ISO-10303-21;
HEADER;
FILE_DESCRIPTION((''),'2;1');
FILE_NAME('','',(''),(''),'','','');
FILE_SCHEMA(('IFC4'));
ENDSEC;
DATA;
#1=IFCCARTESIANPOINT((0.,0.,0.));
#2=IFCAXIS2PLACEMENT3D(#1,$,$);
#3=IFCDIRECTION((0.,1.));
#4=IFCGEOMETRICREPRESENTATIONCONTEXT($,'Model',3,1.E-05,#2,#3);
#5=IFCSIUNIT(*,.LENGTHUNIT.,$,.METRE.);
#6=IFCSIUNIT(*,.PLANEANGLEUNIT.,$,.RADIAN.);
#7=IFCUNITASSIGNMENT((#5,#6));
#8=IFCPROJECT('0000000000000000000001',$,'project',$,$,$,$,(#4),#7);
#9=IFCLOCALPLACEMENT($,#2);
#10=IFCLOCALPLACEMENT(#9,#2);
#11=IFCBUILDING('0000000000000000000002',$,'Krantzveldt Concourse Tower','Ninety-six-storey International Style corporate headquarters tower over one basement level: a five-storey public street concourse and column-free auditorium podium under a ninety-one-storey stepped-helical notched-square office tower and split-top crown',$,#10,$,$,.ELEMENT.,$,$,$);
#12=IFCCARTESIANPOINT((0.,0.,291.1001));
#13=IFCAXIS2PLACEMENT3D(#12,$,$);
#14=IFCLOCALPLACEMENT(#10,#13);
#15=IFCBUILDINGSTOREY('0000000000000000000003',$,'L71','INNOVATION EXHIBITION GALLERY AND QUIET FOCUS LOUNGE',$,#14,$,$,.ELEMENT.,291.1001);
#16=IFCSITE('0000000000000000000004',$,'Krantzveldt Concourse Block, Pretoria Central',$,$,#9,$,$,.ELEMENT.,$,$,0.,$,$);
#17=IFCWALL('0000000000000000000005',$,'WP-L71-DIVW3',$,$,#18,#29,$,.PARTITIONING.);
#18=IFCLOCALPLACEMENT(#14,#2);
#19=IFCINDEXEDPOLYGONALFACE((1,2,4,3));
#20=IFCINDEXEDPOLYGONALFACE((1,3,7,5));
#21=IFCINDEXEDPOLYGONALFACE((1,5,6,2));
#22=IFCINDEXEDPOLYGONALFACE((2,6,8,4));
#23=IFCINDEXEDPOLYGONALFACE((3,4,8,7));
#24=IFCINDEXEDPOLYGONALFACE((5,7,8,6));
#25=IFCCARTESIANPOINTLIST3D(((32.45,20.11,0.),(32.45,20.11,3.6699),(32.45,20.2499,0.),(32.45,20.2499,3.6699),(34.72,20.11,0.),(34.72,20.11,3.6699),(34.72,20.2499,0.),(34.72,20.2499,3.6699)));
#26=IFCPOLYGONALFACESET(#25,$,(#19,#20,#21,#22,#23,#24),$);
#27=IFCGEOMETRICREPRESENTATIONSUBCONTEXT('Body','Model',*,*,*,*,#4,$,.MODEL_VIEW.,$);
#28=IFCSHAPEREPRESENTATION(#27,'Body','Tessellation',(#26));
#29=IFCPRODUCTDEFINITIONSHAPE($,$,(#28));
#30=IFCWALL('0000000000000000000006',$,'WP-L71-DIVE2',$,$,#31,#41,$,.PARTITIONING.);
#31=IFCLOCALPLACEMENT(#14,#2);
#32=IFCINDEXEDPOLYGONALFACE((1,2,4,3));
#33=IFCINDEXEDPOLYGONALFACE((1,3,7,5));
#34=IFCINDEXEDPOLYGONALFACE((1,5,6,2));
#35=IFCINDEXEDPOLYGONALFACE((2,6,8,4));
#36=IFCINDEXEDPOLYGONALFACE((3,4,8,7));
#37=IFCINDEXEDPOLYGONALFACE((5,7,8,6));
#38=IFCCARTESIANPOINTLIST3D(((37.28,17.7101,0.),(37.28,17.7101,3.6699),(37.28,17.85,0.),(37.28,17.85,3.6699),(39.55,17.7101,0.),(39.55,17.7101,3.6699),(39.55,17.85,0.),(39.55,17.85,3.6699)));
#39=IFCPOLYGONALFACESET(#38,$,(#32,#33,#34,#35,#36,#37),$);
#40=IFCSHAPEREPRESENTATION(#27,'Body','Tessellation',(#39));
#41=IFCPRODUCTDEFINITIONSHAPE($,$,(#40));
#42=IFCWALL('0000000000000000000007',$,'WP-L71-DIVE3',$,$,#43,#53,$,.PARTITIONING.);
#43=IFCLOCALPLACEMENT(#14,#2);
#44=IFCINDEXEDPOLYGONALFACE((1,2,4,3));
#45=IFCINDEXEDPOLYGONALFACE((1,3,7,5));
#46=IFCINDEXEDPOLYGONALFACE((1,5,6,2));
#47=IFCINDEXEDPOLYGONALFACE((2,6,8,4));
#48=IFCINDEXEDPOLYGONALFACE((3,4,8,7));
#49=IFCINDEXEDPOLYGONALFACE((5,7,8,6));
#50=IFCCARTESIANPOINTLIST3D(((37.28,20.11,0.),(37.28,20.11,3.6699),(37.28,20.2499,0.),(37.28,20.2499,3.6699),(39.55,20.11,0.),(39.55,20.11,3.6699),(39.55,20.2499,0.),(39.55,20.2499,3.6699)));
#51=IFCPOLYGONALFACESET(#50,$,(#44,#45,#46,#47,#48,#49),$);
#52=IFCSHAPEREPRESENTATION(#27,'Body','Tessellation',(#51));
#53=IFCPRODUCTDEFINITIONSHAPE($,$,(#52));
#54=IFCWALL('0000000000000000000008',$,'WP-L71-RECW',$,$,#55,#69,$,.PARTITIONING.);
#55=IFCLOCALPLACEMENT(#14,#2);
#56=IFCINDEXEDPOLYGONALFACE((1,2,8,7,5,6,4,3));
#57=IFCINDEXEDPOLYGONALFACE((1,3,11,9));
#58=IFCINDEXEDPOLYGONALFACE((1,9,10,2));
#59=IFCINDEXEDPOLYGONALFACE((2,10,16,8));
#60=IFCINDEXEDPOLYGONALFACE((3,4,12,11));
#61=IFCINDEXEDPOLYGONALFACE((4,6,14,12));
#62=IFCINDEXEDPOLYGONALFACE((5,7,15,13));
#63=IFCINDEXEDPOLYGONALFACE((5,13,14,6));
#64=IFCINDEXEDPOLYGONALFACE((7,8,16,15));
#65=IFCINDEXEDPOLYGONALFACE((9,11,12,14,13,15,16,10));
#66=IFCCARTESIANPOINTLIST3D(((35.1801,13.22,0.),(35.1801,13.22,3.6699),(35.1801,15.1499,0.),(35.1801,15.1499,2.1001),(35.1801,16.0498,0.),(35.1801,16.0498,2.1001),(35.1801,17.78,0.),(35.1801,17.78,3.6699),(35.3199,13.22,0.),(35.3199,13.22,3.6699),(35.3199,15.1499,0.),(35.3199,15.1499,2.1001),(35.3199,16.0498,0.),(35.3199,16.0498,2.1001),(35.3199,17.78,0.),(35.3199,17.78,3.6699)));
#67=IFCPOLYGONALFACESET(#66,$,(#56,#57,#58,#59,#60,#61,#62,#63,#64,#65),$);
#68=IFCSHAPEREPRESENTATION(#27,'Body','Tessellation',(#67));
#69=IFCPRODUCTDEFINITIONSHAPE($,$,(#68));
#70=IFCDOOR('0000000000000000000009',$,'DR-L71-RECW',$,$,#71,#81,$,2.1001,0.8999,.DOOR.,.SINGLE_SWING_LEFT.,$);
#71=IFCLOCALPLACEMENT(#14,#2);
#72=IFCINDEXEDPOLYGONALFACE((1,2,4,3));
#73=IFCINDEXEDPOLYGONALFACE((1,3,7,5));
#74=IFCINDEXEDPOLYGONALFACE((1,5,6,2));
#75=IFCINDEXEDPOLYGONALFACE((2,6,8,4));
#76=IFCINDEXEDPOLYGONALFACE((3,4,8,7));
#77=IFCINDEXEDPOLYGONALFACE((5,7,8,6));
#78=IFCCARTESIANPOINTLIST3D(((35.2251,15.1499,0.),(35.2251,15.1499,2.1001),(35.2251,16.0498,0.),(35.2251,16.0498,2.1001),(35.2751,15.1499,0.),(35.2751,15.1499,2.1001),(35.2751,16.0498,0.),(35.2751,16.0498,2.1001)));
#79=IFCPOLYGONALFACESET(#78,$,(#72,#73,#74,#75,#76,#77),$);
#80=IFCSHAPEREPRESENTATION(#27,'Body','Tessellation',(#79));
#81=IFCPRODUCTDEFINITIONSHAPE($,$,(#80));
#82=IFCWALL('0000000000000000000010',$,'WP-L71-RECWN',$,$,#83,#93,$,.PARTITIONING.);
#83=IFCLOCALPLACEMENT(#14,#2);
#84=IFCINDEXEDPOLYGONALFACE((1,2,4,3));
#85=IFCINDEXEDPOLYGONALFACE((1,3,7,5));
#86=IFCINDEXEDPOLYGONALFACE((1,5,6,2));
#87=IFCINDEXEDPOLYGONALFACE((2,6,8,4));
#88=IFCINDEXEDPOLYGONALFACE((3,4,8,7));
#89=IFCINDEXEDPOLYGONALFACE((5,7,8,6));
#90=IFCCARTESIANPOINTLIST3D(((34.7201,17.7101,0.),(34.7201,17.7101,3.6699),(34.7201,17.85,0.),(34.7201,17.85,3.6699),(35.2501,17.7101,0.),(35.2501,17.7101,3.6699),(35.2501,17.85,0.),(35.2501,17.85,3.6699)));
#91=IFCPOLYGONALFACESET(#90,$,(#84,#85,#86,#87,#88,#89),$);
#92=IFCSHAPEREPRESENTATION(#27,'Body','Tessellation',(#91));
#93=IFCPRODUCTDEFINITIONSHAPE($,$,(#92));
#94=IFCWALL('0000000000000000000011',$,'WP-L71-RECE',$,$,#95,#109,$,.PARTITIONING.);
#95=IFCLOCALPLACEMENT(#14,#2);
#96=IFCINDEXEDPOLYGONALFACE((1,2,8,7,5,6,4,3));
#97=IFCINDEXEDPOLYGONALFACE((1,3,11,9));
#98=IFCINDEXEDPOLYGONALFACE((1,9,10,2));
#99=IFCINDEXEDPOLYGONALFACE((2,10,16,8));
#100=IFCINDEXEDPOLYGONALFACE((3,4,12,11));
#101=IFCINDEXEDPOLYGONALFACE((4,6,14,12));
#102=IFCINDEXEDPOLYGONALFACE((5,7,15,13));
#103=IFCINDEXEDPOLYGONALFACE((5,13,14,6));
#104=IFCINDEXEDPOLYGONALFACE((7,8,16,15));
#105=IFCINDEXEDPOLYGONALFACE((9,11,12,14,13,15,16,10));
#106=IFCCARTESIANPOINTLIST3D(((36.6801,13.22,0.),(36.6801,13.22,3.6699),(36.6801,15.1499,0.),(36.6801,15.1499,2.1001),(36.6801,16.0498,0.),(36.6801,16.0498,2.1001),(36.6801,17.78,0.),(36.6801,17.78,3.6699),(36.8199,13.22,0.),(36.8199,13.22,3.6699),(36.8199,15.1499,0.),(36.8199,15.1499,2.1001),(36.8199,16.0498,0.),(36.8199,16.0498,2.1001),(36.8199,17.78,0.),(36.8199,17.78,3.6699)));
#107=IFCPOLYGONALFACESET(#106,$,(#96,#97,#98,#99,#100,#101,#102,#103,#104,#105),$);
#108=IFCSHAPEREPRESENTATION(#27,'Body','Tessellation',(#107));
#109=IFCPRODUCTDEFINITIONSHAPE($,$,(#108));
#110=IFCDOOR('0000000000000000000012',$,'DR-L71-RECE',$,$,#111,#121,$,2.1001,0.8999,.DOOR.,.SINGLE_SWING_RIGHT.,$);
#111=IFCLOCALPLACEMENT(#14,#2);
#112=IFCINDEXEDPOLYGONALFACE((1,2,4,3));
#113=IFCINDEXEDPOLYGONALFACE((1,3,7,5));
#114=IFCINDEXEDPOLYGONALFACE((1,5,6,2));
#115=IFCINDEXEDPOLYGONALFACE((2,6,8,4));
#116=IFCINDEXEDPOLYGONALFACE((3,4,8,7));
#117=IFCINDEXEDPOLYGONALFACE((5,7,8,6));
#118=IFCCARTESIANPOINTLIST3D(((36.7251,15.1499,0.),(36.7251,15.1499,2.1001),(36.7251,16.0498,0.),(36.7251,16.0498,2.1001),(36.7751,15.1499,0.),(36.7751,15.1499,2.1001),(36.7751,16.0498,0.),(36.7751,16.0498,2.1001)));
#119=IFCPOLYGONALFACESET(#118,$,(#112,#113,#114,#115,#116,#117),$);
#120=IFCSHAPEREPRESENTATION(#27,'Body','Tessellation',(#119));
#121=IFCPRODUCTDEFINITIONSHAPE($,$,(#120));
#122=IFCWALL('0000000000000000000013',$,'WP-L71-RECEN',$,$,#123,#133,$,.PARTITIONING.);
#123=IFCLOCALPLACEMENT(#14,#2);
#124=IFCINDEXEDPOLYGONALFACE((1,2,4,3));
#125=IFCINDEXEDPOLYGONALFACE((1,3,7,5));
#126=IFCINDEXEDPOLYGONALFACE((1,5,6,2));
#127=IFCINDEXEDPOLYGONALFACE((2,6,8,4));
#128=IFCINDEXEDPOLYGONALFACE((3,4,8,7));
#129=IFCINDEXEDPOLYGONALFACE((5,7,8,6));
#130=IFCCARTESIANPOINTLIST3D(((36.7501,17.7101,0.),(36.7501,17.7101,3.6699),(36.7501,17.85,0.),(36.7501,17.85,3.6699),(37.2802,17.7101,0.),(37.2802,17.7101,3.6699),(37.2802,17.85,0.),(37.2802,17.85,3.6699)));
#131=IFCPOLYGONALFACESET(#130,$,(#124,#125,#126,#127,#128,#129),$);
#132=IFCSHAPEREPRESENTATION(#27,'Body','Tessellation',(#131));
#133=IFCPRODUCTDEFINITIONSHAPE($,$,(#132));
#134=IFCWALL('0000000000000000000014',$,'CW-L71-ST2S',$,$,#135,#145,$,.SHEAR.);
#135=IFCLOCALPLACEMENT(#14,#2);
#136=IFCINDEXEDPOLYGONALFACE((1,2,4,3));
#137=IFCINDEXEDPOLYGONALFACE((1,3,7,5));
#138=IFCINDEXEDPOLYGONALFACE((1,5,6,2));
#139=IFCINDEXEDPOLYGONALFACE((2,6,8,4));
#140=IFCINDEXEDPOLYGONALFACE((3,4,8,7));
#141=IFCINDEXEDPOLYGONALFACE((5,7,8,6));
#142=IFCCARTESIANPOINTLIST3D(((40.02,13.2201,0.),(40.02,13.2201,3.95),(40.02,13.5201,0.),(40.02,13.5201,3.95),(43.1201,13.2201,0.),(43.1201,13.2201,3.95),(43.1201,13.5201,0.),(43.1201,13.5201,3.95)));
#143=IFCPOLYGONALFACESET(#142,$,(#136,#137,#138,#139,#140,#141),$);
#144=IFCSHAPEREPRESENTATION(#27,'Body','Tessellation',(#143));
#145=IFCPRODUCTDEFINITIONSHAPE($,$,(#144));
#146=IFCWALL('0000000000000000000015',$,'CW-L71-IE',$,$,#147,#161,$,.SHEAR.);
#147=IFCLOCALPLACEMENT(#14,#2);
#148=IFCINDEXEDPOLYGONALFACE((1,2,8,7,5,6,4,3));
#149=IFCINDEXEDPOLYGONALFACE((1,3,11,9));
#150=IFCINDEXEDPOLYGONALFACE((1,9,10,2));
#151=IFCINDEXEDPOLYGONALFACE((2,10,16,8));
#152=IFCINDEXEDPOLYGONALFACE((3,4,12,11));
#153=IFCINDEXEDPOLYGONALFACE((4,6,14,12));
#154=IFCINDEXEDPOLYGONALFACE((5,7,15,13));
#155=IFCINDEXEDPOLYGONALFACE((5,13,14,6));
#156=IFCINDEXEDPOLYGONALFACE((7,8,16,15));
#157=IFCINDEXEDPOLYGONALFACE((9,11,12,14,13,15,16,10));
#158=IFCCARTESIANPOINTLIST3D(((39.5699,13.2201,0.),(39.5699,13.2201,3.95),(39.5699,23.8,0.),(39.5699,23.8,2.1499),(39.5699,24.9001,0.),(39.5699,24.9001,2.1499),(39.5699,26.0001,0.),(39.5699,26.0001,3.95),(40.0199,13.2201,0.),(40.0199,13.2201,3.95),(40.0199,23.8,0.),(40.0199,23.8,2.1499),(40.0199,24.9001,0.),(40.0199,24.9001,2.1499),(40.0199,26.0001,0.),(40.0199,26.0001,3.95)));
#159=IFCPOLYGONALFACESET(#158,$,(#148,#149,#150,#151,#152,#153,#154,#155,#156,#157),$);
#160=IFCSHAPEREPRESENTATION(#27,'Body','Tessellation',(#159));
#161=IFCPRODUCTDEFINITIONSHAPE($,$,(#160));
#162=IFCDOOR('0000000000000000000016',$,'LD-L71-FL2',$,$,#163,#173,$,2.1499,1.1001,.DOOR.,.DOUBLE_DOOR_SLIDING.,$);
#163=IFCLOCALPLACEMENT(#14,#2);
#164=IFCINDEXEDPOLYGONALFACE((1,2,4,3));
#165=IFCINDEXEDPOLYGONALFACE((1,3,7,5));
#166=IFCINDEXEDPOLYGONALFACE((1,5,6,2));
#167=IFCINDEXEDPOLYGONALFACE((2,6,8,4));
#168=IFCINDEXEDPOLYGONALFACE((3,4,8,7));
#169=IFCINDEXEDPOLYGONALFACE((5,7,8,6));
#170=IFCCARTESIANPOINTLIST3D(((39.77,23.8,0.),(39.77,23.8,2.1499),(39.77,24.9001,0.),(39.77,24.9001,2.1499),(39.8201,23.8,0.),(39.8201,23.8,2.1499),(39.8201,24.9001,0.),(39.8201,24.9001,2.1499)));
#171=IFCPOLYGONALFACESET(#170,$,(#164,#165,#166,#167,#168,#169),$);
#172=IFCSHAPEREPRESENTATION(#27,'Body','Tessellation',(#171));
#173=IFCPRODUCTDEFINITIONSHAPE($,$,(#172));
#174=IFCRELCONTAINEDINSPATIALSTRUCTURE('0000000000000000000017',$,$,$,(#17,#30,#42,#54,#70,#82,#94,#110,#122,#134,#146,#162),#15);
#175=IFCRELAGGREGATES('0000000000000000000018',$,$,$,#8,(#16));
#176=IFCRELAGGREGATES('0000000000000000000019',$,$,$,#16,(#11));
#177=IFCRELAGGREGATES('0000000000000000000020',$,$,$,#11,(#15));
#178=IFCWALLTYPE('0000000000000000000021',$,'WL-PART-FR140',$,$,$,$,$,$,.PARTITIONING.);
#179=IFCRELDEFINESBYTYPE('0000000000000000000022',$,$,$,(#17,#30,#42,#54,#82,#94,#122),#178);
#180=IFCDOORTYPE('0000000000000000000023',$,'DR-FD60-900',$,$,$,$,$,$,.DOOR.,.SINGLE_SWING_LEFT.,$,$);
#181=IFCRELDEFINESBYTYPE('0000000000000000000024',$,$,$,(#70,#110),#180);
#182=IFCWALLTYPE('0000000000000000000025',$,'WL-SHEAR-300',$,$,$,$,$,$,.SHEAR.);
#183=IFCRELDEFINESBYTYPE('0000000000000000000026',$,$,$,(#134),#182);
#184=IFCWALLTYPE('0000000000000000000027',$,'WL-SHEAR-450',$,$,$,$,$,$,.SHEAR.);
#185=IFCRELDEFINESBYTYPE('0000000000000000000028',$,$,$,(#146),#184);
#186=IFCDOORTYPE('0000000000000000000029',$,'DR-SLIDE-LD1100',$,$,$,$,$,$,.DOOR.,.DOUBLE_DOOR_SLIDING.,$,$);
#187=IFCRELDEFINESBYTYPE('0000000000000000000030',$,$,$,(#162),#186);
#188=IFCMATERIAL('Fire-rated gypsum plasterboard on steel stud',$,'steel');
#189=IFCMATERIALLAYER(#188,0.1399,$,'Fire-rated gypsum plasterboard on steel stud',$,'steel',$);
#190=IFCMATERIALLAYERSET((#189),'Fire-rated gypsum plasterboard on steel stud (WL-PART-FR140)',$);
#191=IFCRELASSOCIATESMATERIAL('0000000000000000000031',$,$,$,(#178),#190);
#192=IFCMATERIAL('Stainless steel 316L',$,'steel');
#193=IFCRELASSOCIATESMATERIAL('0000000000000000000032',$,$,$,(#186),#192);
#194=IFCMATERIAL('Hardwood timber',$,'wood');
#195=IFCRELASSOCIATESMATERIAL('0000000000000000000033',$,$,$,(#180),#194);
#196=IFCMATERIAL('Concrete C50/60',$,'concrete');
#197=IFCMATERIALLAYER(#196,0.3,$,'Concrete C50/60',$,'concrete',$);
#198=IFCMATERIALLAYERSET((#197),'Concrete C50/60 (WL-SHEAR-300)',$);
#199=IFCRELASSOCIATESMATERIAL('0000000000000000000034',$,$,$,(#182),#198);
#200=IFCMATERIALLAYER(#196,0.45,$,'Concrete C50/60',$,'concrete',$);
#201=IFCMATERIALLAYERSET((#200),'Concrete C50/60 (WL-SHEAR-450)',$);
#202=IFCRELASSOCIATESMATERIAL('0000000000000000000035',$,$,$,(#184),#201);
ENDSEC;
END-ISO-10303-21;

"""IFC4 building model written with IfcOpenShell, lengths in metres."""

from ifc_helpers import new_model, si_unit, direction, frame, frame_2d, origin, place, context, subcontext, project, spatial, rectangle, extrude, material, layer, layer_set, type_object, element, fill, save


model = new_model("IFC4")

# Units and contexts
model_context = context("Model", 3, precision=1e-05, world=origin(), true_north=direction((0.0, 1.0)))
body_context = subcontext(model_context, "Body", "Model", "MODEL_VIEW")
ifc_project = project(units=[si_unit("LENGTHUNIT", "METRE"), si_unit("PLANEANGLEUNIT", "RADIAN")], contexts=[model_context])

# Site, building, storey
site_placement = place(None, origin())
site = spatial("IfcSite", under=ifc_project, at=site_placement, Name="Krantzveldt Concourse Block, Pretoria Central", CompositionType="ELEMENT", RefElevation=0.0)
building_placement = place(site_placement, origin())
building = spatial("IfcBuilding", under=site, at=building_placement, Name="Krantzveldt Concourse Tower", Description="Ninety-six-storey International Style corporate headquarters tower over one basement level: a five-storey public street concourse and column-free auditorium podium under a ninety-one-storey stepped-helical notched-square office tower and split-top crown", CompositionType="ELEMENT")
storey_placement = place(building_placement, frame((0.0, 0.0, 291.1001)))
storey = spatial("IfcBuildingStorey", under=building, at=storey_placement, Name="L71", Description="INNOVATION EXHIBITION GALLERY AND QUIET FOCUS LOUNGE", CompositionType="ELEMENT", Elevation=291.1001)

# Shared definitions
ifc_material_1 = material(Name="Fire-rated gypsum plasterboard on steel stud", Category="steel")
ifc_material_2 = material(Name="Hardwood timber", Category="wood")

# Shared definitions
ifc_layer_1 = layer(ifc_material_1, 0.1399, Name="Fire-rated gypsum plasterboard on steel stud", Category="steel")
ifc_layer_set_1 = layer_set([ifc_layer_1], Name="Fire-rated gypsum plasterboard on steel stud (WL-PART-FR140)")
wall_type_1 = type_object("IfcWallType", Name="WL-PART-FR140", PredefinedType="PARTITIONING", material=ifc_layer_set_1)
ifc_material_3 = material(Name="Stainless steel 316L", Category="steel")
door_type_1 = type_object("IfcDoorType", Name="DR-SLIDE-LD1100", OperationType="DOUBLE_DOOR_SLIDING", PredefinedType="DOOR", material=ifc_material_3)

# Walls
for number, where, z_axis, x_axis, name in (
    (1, (32.45, 20.1799, 0.0), (0.0, 0.0, 1.0), (1.0, 0.0, 0.0), "WP-L71-DIVW3"),
    (2, (37.28, 17.78, 0.0), (0.0, 0.0, 1.0), (1.0, 0.0, 0.0), "WP-L71-DIVE2"),
    (3, (37.28, 20.1799, 0.0), (0.0, 0.0, 1.0), (1.0, 0.0, 0.0), "WP-L71-DIVE3"),
):
    element("IfcWall", number, at=place(storey_placement, frame(where, z_axis=z_axis, x_axis=x_axis)), inside=storey, type_object=wall_type_1, Name=name, PredefinedType="PARTITIONING", context=body_context, shape_type="SweptSolid", body=[
        extrude(rectangle(XDim=2.27, YDim=0.1399, at=frame_2d((1.135, 0.0))), origin(), (0.0, 0.0, 1.0), 3.6699),
    ])

# Wall, opening, door
wall_1_placement = place(storey_placement, frame((35.25, 13.22, 0.0), z_axis=(0.0, 0.0, 1.0), x_axis=(0.0, 1.0, 0.0)))
wall_1 = element("IfcWall", 4, at=wall_1_placement, inside=storey, type_object=wall_type_1, Name="WP-L71-RECW", PredefinedType="PARTITIONING", context=body_context, shape_type="SweptSolid", body=[
    extrude(rectangle(XDim=4.5601, YDim=0.1399, at=frame_2d((2.28, 0.0))), origin(), (0.0, 0.0, 1.0), 3.6699),
])
opening_1_placement = place(wall_1_placement, frame((1.9299, 0.0, 0.0)))
opening_1 = element("IfcOpeningElement", 5, at=opening_1_placement, cuts=wall_1, PredefinedType="OPENING", context=body_context, shape_type="SweptSolid", body=[
    extrude(rectangle(XDim=0.8999, YDim=2.1001, at=frame_2d((0.45, 1.05))), frame((0.0, 0.0801, 0.0), z_axis=(0.0, -1.0, 0.0), x_axis=(1.0, 0.0, 0.0)), (0.0, 0.0, 1.0), 0.1599),
])
door_type_2 = type_object("IfcDoorType", Name="DR-FD60-900", OperationType="SINGLE_SWING_LEFT", PredefinedType="DOOR", material=ifc_material_2)
door_1_placement = place(opening_1_placement, origin())
door_1 = element("IfcDoor", 6, at=door_1_placement, inside=storey, type_object=door_type_2, Name="DR-L71-RECW", OperationType="SINGLE_SWING_LEFT", OverallHeight=2.1001, OverallWidth=0.8999, PredefinedType="DOOR", context=body_context, shape_type="SweptSolid", body=[
    extrude(rectangle(XDim=0.8999, YDim=2.1001, at=frame_2d((0.45, 1.05))), frame((0.0, 0.0249, 0.0), z_axis=(0.0, -1.0, 0.0), x_axis=(1.0, 0.0, 0.0)), (0.0, 0.0, 1.0), 0.05),
])
fill(opening_1, door_1)

# Wall
wall_2_placement = place(storey_placement, frame((34.72, 17.78, 0.0), z_axis=(0.0, 0.0, 1.0), x_axis=(1.0, 0.0, 0.0)))
element("IfcWall", 7, at=wall_2_placement, inside=storey, type_object=wall_type_1, Name="WP-L71-RECWN", PredefinedType="PARTITIONING", context=body_context, shape_type="SweptSolid", body=[
    extrude(rectangle(XDim=0.53, YDim=0.1399, at=frame_2d((0.2651, 0.0))), origin(), (0.0, 0.0, 1.0), 3.6699),
])

# Wall, opening, door
wall_3_placement = place(storey_placement, frame((36.75, 13.22, 0.0), z_axis=(0.0, 0.0, 1.0), x_axis=(0.0, 1.0, 0.0)))
wall_3 = element("IfcWall", 8, at=wall_3_placement, inside=storey, type_object=wall_type_1, Name="WP-L71-RECE", PredefinedType="PARTITIONING", context=body_context, shape_type="SweptSolid", body=[
    extrude(rectangle(XDim=4.5601, YDim=0.1399, at=frame_2d((2.28, 0.0))), origin(), (0.0, 0.0, 1.0), 3.6699),
])
opening_2_placement = place(wall_3_placement, frame((1.9299, 0.0, 0.0)))
opening_2 = element("IfcOpeningElement", 9, at=opening_2_placement, cuts=wall_3, PredefinedType="OPENING", context=body_context, shape_type="SweptSolid", body=[
    extrude(rectangle(XDim=0.8999, YDim=2.1001, at=frame_2d((0.45, 1.05))), frame((0.0, 0.0801, 0.0), z_axis=(0.0, -1.0, 0.0), x_axis=(1.0, 0.0, 0.0)), (0.0, 0.0, 1.0), 0.1599),
])
door_2_placement = place(opening_2_placement, origin())
door_2 = element("IfcDoor", 10, at=door_2_placement, inside=storey, type_object=door_type_2, Name="DR-L71-RECE", OperationType="SINGLE_SWING_RIGHT", OverallHeight=2.1001, OverallWidth=0.8999, PredefinedType="DOOR", context=body_context, shape_type="SweptSolid", body=[
    extrude(rectangle(XDim=0.8999, YDim=2.1001, at=frame_2d((0.45, 1.05))), frame((0.0, 0.0249, 0.0), z_axis=(0.0, -1.0, 0.0), x_axis=(1.0, 0.0, 0.0)), (0.0, 0.0, 1.0), 0.05),
])
fill(opening_2, door_2)

# Walls
wall_4_placement = place(storey_placement, frame((36.75, 17.78, 0.0), z_axis=(0.0, 0.0, 1.0), x_axis=(1.0, 0.0, 0.0)))
element("IfcWall", 11, at=wall_4_placement, inside=storey, type_object=wall_type_1, Name="WP-L71-RECEN", PredefinedType="PARTITIONING", context=body_context, shape_type="SweptSolid", body=[
    extrude(rectangle(XDim=0.53, YDim=0.1399, at=frame_2d((0.2651, 0.0))), origin(), (0.0, 0.0, 1.0), 3.6699),
])
ifc_material_4 = material(Name="Concrete C50/60", Category="concrete")
ifc_layer_2 = layer(ifc_material_4, 0.3, Name="Concrete C50/60", Category="concrete")
ifc_layer_set_2 = layer_set([ifc_layer_2], Name="Concrete C50/60 (WL-SHEAR-300)")
wall_type_2 = type_object("IfcWallType", Name="WL-SHEAR-300", PredefinedType="SHEAR", material=ifc_layer_set_2)
wall_5_placement = place(storey_placement, frame((40.02, 13.3701, 0.0), z_axis=(0.0, 0.0, 1.0), x_axis=(1.0, 0.0, 0.0)))
element("IfcWall", 12, at=wall_5_placement, inside=storey, type_object=wall_type_2, Name="CW-L71-ST2S", PredefinedType="SHEAR", context=body_context, shape_type="SweptSolid", body=[
    extrude(rectangle(XDim=3.1001, YDim=0.3, at=frame_2d((1.55, 0.0))), origin(), (0.0, 0.0, 1.0), 3.95),
])

# Wall, opening, door
ifc_layer_3 = layer(ifc_material_4, 0.45, Name="Concrete C50/60", Category="concrete")
ifc_layer_set_3 = layer_set([ifc_layer_3], Name="Concrete C50/60 (WL-SHEAR-450)")
wall_type_3 = type_object("IfcWallType", Name="WL-SHEAR-450", PredefinedType="SHEAR", material=ifc_layer_set_3)
wall_6_placement = place(storey_placement, frame((39.7949, 13.22, 0.0), z_axis=(0.0, 0.0, 1.0), x_axis=(0.0, 1.0, 0.0)))
wall_6 = element("IfcWall", 13, at=wall_6_placement, inside=storey, type_object=wall_type_3, Name="CW-L71-IE", PredefinedType="SHEAR", context=body_context, shape_type="SweptSolid", body=[
    extrude(rectangle(XDim=12.78, YDim=0.45, at=frame_2d((6.3901, 0.0))), origin(), (0.0, 0.0, 1.0), 3.95),
])
opening_3_placement = place(wall_6_placement, frame((10.5801, 0.0, 0.0)))
opening_3 = element("IfcOpeningElement", 14, at=opening_3_placement, cuts=wall_6, PredefinedType="OPENING", context=body_context, shape_type="SweptSolid", body=[
    extrude(rectangle(XDim=1.1001, YDim=2.1499, at=frame_2d((0.55, 1.075))), frame((0.0, 0.2349, 0.0), z_axis=(0.0, -1.0, 0.0), x_axis=(1.0, 0.0, 0.0)), (0.0, 0.0, 1.0), 0.47),
])
door_3_placement = place(opening_3_placement, origin())
door_3 = element("IfcDoor", 15, at=door_3_placement, inside=storey, type_object=door_type_1, Name="LD-L71-FL2", OperationType="DOUBLE_DOOR_SLIDING", OverallHeight=2.1499, OverallWidth=1.1001, PredefinedType="DOOR", context=body_context, shape_type="SweptSolid", body=[
    extrude(rectangle(XDim=1.1001, YDim=2.1499, at=frame_2d((0.55, 1.075))), frame((0.0, 0.0249, 0.0), z_axis=(0.0, -1.0, 0.0), x_axis=(1.0, 0.0, 0.0)), (0.0, 0.0, 1.0), 0.05),
])
fill(opening_3, door_3)

save(model, "model.ifc")
